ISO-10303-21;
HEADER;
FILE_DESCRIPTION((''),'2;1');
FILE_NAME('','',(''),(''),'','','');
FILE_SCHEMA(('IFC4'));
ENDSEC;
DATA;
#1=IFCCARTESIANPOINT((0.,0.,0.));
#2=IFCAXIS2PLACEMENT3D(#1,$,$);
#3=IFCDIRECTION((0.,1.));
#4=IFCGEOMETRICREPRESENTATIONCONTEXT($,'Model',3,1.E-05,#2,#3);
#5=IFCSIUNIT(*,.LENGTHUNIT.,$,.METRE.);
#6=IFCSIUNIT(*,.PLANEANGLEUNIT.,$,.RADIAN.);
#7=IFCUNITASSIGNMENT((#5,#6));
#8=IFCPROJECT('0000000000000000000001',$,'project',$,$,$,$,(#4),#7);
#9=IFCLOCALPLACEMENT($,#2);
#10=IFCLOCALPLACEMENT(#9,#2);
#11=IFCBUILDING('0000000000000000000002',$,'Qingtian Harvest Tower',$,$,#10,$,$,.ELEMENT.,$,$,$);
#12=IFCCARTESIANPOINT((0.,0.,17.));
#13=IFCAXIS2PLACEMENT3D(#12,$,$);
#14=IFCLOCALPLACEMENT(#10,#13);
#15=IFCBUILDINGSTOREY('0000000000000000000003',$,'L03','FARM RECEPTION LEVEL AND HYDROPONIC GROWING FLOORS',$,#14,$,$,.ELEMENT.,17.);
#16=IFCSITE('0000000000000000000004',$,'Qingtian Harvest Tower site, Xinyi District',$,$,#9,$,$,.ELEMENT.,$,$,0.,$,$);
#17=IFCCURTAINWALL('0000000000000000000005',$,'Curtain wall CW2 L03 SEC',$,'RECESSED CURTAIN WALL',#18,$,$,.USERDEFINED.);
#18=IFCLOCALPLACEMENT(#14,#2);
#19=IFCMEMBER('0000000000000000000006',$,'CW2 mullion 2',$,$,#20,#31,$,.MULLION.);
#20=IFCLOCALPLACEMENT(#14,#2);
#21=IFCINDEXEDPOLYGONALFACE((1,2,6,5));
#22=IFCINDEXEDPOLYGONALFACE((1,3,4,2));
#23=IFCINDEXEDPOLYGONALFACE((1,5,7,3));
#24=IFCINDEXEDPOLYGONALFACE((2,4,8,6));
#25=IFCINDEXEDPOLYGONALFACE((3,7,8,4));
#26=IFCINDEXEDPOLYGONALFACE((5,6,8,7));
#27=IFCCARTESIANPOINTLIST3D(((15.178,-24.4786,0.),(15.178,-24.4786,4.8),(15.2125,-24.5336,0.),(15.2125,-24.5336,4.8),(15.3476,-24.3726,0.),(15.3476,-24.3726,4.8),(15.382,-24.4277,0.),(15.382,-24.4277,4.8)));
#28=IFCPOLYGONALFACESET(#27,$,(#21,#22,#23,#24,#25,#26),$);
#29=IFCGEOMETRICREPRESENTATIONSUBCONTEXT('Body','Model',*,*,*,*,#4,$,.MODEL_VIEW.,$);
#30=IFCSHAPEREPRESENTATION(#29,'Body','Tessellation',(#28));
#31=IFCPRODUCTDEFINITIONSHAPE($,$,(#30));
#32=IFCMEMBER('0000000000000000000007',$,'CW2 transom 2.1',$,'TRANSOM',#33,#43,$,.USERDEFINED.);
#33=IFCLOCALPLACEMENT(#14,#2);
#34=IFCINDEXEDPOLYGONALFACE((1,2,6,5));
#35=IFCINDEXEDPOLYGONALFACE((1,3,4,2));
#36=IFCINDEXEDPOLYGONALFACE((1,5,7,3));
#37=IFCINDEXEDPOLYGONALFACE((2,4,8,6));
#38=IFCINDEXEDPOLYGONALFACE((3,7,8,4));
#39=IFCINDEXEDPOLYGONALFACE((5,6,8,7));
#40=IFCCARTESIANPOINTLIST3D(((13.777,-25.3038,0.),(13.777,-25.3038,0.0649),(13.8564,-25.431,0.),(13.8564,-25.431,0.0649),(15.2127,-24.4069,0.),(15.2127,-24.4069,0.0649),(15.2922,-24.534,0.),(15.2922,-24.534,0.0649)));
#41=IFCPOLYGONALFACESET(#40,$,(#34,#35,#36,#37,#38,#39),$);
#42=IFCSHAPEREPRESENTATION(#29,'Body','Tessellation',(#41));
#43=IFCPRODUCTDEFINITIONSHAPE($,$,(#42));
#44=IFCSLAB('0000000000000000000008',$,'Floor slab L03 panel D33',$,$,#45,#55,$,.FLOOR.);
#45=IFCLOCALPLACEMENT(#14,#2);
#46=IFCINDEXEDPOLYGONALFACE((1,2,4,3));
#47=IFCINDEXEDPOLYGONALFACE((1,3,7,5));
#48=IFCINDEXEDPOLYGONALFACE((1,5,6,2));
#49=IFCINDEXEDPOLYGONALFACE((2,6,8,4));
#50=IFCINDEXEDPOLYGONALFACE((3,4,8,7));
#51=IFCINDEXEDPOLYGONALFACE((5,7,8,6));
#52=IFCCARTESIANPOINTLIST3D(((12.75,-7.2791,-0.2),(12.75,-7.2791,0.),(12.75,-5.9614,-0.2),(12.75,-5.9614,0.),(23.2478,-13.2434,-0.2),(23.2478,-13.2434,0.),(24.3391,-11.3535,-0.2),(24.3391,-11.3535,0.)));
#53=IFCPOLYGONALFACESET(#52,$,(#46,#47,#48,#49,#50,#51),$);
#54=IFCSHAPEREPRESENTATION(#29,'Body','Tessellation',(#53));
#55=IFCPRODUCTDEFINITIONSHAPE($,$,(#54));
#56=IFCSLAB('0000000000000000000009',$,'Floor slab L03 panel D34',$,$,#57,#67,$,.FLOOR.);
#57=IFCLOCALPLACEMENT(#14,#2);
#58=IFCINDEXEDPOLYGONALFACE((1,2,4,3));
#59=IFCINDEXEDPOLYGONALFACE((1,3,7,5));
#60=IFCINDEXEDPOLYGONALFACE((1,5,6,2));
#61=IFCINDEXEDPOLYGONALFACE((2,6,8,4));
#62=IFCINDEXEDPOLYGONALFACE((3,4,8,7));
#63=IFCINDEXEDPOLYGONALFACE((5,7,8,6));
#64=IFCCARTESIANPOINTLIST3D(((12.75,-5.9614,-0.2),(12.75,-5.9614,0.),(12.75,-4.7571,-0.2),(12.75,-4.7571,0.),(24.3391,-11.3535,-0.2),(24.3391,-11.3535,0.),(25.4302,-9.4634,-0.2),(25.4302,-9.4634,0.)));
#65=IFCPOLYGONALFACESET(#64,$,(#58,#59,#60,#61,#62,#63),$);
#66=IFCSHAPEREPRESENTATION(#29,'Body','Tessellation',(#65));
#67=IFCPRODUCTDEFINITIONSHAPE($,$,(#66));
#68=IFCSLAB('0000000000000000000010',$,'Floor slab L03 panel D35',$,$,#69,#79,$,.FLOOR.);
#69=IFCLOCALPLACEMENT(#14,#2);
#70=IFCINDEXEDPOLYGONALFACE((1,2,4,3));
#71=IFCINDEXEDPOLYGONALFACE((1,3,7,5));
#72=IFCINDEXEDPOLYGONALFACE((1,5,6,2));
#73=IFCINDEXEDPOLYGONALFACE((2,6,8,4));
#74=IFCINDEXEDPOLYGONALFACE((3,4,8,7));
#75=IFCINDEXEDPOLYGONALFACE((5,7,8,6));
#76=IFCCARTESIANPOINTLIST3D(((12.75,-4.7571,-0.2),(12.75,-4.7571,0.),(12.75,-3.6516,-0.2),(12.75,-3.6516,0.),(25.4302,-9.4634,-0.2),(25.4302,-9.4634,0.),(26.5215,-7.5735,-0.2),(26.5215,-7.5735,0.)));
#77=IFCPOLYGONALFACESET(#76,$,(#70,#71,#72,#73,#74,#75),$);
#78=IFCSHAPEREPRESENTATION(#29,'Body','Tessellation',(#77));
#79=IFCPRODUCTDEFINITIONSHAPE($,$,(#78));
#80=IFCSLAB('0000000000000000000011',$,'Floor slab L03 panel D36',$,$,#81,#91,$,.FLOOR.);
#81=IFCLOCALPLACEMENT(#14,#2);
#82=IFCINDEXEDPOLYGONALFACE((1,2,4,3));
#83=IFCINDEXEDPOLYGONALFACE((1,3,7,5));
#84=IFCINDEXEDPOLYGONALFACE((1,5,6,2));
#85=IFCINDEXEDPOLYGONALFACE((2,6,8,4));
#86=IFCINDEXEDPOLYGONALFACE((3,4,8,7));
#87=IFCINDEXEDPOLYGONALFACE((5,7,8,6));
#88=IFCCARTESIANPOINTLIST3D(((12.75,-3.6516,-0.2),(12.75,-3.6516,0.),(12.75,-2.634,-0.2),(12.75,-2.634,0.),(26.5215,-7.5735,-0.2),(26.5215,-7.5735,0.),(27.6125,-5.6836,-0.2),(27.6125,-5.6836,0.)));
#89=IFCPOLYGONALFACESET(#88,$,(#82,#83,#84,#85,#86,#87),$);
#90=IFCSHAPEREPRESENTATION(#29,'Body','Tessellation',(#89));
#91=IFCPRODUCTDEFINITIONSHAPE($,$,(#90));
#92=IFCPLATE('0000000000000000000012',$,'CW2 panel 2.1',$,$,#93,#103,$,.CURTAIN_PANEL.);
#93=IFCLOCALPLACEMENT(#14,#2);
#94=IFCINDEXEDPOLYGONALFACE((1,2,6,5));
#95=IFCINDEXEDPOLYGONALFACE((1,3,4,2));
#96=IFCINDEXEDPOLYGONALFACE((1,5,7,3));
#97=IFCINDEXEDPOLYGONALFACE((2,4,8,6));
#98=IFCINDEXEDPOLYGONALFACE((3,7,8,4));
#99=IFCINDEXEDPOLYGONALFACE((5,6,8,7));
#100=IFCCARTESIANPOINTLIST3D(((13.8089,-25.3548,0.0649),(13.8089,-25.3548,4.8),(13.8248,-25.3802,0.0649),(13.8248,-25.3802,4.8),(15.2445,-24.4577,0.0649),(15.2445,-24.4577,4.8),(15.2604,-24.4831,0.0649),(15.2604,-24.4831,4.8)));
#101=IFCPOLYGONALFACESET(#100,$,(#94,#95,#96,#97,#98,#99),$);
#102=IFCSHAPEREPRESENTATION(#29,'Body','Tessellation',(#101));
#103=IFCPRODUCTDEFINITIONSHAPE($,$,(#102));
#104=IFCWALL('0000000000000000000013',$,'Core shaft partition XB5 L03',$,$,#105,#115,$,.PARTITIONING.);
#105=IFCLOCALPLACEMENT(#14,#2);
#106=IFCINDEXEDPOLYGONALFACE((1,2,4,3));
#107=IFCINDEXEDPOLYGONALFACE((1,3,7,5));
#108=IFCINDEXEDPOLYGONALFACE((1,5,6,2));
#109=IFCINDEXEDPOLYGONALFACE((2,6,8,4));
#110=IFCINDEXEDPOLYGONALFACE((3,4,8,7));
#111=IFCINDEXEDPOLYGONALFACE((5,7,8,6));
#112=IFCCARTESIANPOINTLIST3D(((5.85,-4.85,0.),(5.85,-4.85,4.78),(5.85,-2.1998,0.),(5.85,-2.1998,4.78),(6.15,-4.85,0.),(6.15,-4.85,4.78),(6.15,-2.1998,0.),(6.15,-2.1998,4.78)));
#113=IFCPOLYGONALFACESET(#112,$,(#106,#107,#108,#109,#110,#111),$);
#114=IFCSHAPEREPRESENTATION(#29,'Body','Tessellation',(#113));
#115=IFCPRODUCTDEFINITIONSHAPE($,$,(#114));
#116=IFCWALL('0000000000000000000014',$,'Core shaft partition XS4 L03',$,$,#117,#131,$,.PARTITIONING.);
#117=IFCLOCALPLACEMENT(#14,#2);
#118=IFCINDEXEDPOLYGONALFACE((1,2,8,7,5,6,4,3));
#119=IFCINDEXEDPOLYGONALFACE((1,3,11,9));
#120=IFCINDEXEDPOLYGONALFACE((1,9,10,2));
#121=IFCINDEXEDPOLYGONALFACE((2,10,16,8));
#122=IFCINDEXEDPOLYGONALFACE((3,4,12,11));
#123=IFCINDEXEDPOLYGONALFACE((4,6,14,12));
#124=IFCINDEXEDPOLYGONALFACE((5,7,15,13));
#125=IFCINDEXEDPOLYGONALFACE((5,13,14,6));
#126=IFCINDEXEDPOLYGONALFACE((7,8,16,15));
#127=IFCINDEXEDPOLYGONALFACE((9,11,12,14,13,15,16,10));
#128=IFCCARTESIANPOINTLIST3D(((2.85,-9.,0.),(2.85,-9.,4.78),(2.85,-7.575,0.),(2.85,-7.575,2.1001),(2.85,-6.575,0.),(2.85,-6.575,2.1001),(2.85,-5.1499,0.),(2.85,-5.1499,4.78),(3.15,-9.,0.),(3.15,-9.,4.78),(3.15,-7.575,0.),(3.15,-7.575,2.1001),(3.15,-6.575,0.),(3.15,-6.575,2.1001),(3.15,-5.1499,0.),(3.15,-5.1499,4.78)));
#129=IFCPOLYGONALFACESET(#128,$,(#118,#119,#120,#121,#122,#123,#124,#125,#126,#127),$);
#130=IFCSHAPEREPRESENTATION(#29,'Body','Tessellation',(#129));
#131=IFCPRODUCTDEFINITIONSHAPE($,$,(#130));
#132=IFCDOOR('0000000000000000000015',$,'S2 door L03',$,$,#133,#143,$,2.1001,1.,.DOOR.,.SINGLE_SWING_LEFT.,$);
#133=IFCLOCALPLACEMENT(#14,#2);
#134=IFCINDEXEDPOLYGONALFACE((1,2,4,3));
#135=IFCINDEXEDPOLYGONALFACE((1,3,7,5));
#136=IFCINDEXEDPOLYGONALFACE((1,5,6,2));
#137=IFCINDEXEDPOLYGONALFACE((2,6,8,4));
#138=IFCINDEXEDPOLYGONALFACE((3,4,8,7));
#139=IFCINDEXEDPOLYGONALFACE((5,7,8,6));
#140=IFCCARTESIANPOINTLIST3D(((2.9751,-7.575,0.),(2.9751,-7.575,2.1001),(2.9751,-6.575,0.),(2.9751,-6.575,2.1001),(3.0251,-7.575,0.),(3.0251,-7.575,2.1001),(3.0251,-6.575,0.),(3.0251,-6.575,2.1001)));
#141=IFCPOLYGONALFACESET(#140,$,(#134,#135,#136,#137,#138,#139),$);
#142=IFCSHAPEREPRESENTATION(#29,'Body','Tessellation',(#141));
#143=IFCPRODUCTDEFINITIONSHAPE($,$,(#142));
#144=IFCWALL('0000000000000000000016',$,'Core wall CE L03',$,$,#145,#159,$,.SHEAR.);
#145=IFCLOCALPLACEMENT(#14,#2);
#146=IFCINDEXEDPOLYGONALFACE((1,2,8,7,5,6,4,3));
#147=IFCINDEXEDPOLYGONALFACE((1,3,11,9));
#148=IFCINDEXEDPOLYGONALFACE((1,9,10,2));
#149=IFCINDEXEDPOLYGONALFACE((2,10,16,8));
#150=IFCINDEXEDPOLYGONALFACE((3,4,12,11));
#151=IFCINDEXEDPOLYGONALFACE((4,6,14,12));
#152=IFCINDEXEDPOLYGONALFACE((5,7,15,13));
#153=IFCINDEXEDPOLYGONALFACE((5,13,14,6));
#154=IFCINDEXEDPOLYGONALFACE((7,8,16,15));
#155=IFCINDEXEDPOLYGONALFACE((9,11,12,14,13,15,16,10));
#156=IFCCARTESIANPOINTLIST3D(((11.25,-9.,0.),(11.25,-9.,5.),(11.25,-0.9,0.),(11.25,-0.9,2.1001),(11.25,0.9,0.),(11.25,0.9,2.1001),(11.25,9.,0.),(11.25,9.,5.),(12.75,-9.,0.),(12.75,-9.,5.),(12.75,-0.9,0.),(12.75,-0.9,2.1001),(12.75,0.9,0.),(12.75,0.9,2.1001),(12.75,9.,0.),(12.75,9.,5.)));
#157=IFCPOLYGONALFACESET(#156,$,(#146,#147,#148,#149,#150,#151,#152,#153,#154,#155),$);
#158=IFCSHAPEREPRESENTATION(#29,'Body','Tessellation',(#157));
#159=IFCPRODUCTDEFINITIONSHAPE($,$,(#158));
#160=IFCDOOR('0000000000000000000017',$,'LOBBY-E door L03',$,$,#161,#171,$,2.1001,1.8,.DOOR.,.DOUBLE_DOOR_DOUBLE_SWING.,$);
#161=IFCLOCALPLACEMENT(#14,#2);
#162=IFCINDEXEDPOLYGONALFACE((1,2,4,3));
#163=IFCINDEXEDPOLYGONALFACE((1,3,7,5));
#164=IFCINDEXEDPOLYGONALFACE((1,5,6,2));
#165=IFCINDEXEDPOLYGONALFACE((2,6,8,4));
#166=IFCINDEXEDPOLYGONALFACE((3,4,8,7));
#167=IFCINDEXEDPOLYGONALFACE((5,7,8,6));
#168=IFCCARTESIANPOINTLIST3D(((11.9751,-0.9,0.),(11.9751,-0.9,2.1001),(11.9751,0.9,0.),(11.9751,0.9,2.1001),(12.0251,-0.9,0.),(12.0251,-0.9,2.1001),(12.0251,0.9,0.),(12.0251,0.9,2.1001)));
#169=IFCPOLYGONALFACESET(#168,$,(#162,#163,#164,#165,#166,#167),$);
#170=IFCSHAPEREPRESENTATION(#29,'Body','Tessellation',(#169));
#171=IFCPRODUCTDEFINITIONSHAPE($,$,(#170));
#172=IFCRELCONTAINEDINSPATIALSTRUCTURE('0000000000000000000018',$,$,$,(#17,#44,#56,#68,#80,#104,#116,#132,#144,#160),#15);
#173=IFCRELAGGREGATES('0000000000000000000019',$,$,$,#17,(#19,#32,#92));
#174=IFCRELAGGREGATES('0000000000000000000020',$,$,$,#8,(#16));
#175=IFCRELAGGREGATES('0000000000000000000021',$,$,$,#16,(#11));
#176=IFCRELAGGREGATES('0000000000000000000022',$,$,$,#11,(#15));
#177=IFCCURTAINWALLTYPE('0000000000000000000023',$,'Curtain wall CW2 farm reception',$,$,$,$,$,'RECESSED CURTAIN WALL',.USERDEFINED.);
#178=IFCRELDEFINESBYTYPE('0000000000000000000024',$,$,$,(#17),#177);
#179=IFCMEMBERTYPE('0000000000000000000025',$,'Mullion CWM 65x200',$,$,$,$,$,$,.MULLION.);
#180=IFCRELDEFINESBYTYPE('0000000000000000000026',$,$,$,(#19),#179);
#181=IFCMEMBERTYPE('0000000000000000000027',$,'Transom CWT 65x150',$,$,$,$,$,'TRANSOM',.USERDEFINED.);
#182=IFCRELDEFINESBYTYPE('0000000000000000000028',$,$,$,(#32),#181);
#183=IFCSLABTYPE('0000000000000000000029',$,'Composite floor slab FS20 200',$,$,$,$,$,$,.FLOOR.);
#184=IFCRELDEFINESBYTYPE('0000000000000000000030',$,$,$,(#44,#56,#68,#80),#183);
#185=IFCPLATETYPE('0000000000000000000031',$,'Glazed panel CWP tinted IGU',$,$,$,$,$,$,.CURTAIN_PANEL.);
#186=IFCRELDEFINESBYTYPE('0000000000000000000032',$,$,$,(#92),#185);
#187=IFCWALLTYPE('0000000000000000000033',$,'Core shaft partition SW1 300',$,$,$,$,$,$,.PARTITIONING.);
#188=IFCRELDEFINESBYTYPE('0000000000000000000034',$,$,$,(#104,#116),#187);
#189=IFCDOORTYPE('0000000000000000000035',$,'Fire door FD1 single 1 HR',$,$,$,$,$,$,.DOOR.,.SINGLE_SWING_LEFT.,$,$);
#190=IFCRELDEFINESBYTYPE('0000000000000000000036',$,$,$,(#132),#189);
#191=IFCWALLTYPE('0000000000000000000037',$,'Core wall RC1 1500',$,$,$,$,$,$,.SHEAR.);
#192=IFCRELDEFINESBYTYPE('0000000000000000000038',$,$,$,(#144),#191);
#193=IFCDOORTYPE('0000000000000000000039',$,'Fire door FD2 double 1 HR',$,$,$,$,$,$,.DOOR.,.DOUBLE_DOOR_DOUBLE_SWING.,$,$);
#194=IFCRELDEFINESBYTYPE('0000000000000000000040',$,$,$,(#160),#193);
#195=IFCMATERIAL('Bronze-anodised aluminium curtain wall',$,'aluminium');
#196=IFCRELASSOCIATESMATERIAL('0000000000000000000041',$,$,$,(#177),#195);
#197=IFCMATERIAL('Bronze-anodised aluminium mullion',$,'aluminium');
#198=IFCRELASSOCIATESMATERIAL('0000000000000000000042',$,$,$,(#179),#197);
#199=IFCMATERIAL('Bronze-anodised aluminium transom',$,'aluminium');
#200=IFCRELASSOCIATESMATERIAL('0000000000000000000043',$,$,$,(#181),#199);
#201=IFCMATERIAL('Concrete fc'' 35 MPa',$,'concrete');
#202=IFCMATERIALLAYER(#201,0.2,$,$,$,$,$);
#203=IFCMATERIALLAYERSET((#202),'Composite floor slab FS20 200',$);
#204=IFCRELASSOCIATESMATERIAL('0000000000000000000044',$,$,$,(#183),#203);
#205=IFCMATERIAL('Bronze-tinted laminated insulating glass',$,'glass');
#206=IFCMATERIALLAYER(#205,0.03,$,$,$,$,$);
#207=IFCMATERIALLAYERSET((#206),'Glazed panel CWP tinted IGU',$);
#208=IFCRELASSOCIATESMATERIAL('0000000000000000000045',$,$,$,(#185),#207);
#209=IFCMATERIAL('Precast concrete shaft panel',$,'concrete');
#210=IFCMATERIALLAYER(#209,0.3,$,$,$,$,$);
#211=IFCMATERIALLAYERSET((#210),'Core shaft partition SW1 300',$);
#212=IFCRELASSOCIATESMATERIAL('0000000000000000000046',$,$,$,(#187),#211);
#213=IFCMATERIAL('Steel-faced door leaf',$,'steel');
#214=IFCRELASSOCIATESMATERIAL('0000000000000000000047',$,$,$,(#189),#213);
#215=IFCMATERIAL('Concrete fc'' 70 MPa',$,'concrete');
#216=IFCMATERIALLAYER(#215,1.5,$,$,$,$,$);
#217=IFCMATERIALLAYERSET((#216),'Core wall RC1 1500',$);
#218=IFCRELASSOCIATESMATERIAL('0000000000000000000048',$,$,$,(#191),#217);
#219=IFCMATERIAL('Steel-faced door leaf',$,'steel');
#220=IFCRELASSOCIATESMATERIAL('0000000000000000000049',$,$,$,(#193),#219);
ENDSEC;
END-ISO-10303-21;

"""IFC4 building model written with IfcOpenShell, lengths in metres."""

from ifc_helpers import new_model, si_unit, direction, frame, frame_2d, origin, origin_2d, place, context, subcontext, project, spatial, polyline, rectangle, outline, extrude, material, layer, layer_set, material_profile, profile_set, type_object, element, fill, aggregate, save


model = new_model("IFC4")

# Units and contexts
model_context = context("Model", 3, precision=1e-05, world=origin(), true_north=direction((0.0, 1.0)))
body_context = subcontext(model_context, "Body", "Model", "MODEL_VIEW")
ifc_project = project(units=[si_unit("LENGTHUNIT", "METRE"), si_unit("PLANEANGLEUNIT", "RADIAN")], contexts=[model_context])

# Site, building, storey
site_placement = place(None, origin())
site = spatial("IfcSite", under=ifc_project, at=site_placement, Name="Qingtian Harvest Tower site, Xinyi District", CompositionType="ELEMENT", RefElevation=0.0)
building_placement = place(site_placement, origin())
building = spatial("IfcBuilding", under=site, at=building_placement, Name="Qingtian Harvest Tower", CompositionType="ELEMENT")
storey_placement = place(building_placement, frame((0.0, 0.0, 17.0)))
storey = spatial("IfcBuildingStorey", under=building, at=storey_placement, Name="L03", Description="FARM RECEPTION LEVEL AND HYDROPONIC GROWING FLOORS", CompositionType="ELEMENT", Elevation=17.0)

# Curtain wall, members
ifc_material_1 = material(Name="Bronze-anodised aluminium curtain wall", Category="aluminium")
curtain_wall_type = type_object("IfcCurtainWallType", Name="Curtain wall CW2 farm reception", ElementType="RECESSED CURTAIN WALL", PredefinedType="USERDEFINED", material=ifc_material_1)
curtain_wall_placement = place(storey_placement, origin())
curtain_wall = element("IfcCurtainWall", 1, at=curtain_wall_placement, inside=storey, type_object=curtain_wall_type, Name="Curtain wall CW2 L03 SEC", ObjectType="RECESSED CURTAIN WALL", PredefinedType="USERDEFINED")
ifc_material_2 = material(Name="Bronze-anodised aluminium mullion", Category="aluminium")
ifc_material_profile_1 = material_profile(ifc_material_2, rectangle(XDim=0.0649, YDim=0.2, at=origin_2d()), Name="AL 65x200")
ifc_profile_set_1 = profile_set([ifc_material_profile_1], Name="Bronze-anodised aluminium mullion")
member_type_1 = type_object("IfcMemberType", Name="Mullion CWM 65x200", PredefinedType="MULLION", material=ifc_profile_set_1)
member_1_placement = place(storey_placement, frame((15.28, -24.4531, 0.0), z_axis=(0.0, 0.0, 1.0), x_axis=(0.529919, -0.848048, 0.0)))
member_1 = element("IfcMember", 2, at=member_1_placement, type_object=member_type_1, Name="CW2 mullion 2", PredefinedType="MULLION", context=body_context, shape_type="SweptSolid", body=[
    extrude(rectangle(XDim=0.0649, YDim=0.2, at=origin_2d()), origin(), (0.0, 0.0, 1.0), 4.8),
])
ifc_material_3 = material(Name="Bronze-anodised aluminium transom", Category="aluminium")
ifc_material_profile_2 = material_profile(ifc_material_3, rectangle(XDim=0.1499, YDim=0.0649, at=origin_2d()), Name="AL 65x150")
ifc_profile_set_2 = profile_set([ifc_material_profile_2], Name="Bronze-anodised aluminium transom")
member_type_2 = type_object("IfcMemberType", Name="Transom CWT 65x150", ElementType="TRANSOM", PredefinedType="USERDEFINED", material=ifc_profile_set_2)
member_2_placement = place(storey_placement, frame((15.2524, -24.4705, 0.0325), z_axis=(-0.848104, -0.52983, 0.0), x_axis=(0.52983, -0.848104, 0.0)))
member_2 = element("IfcMember", 3, at=member_2_placement, type_object=member_type_2, Name="CW2 transom 2.1", ObjectType="TRANSOM", PredefinedType="USERDEFINED", context=body_context, shape_type="SweptSolid", body=[
    extrude(rectangle(XDim=0.1499, YDim=0.0649, at=origin_2d()), origin(), (0.0, 0.0, 1.0), 1.6929),
])

# Slabs
ifc_material_4 = material(Name="Concrete fc' 35 MPa", Category="concrete")
ifc_layer_1 = layer(ifc_material_4, 0.2)
ifc_layer_set_1 = layer_set([ifc_layer_1], Name="Composite floor slab FS20 200")
slab_type = type_object("IfcSlabType", Name="Composite floor slab FS20 200", PredefinedType="FLOOR", material=ifc_layer_set_1)
slab_1_placement = place(storey_placement, frame((0.0, 0.0, -0.2)))
element("IfcSlab", 4, at=slab_1_placement, inside=storey, type_object=slab_type, Name="Floor slab L03 panel D33", PredefinedType="FLOOR", context=body_context, shape_type="SweptSolid", body=[
    extrude(outline(polyline([(12.75, -5.9614), (24.3391, -11.3535), (23.2478, -13.2434), (12.75, -7.2791), (12.75, -5.9614)])), origin(), (0.0, 0.0, 1.0), 0.2),
])
slab_2_placement = place(storey_placement, frame((0.0, 0.0, -0.2)))
element("IfcSlab", 5, at=slab_2_placement, inside=storey, type_object=slab_type, Name="Floor slab L03 panel D34", PredefinedType="FLOOR", context=body_context, shape_type="SweptSolid", body=[
    extrude(outline(polyline([(12.75, -4.7571), (25.4302, -9.4634), (24.3391, -11.3535), (12.75, -5.9614), (12.75, -4.7571)])), origin(), (0.0, 0.0, 1.0), 0.2),
])
slab_3_placement = place(storey_placement, frame((0.0, 0.0, -0.2)))
element("IfcSlab", 6, at=slab_3_placement, inside=storey, type_object=slab_type, Name="Floor slab L03 panel D35", PredefinedType="FLOOR", context=body_context, shape_type="SweptSolid", body=[
    extrude(outline(polyline([(12.75, -3.6516), (26.5215, -7.5735), (25.4302, -9.4634), (12.75, -4.7571), (12.75, -3.6516)])), origin(), (0.0, 0.0, 1.0), 0.2),
])
slab_4_placement = place(storey_placement, frame((0.0, 0.0, -0.2)))
element("IfcSlab", 7, at=slab_4_placement, inside=storey, type_object=slab_type, Name="Floor slab L03 panel D36", PredefinedType="FLOOR", context=body_context, shape_type="SweptSolid", body=[
    extrude(outline(polyline([(12.75, -2.634), (27.6125, -5.6836), (26.5215, -7.5735), (12.75, -3.6516), (12.75, -2.634)])), origin(), (0.0, 0.0, 1.0), 0.2),
])

# Plate
ifc_material_5 = material(Name="Bronze-tinted laminated insulating glass", Category="glass")
ifc_layer_2 = layer(ifc_material_5, 0.03)
ifc_layer_set_2 = layer_set([ifc_layer_2], Name="Glazed panel CWP tinted IGU")
plate_type = type_object("IfcPlateType", Name="Glazed panel CWP tinted IGU", PredefinedType="CURTAIN_PANEL", material=ifc_layer_set_2)
plate_placement = place(storey_placement, frame((14.5347, -24.9189, 0.0649), z_axis=(0.0, 0.0, 1.0), x_axis=(-0.848048, -0.529919, 0.0)))
plate = element("IfcPlate", 8, at=plate_placement, type_object=plate_type, Name="CW2 panel 2.1", PredefinedType="CURTAIN_PANEL", context=body_context, shape_type="SweptSolid", body=[
    extrude(rectangle(XDim=1.6929, YDim=0.03, at=origin_2d()), origin(), (0.0, 0.0, 1.0), 4.7351),
])
aggregate(curtain_wall, [member_1, member_2, plate])

# Wall
ifc_material_6 = material(Name="Precast concrete shaft panel", Category="concrete")
ifc_layer_3 = layer(ifc_material_6, 0.3)
ifc_layer_set_3 = layer_set([ifc_layer_3], Name="Core shaft partition SW1 300")
wall_type_1 = type_object("IfcWallType", Name="Core shaft partition SW1 300", PredefinedType="PARTITIONING", material=ifc_layer_set_3)
wall_1_placement = place(storey_placement, frame((6.0, -4.8501, 0.0), z_axis=(0.0, 0.0, 1.0), x_axis=(0.0, 1.0, 0.0)))
element("IfcWall", 9, at=wall_1_placement, inside=storey, type_object=wall_type_1, Name="Core shaft partition XB5 L03", PredefinedType="PARTITIONING", context=body_context, shape_type="SweptSolid", body=[
    extrude(rectangle(XDim=2.6501, YDim=0.3, at=frame_2d((1.3252, 0.0))), origin(), (0.0, 0.0, 1.0), 4.78),
])

# Walls, openings, doors
wall_2_placement = place(storey_placement, frame((3.0, -9.0, 0.0), z_axis=(0.0, 0.0, 1.0), x_axis=(0.0, 1.0, 0.0)))
wall_2 = element("IfcWall", 10, at=wall_2_placement, inside=storey, type_object=wall_type_1, Name="Core shaft partition XS4 L03", PredefinedType="PARTITIONING", context=body_context, shape_type="SweptSolid", body=[
    extrude(rectangle(XDim=3.8501, YDim=0.3, at=frame_2d((1.925, 0.0))), origin(), (0.0, 0.0, 1.0), 4.78),
])
opening_1_placement = place(wall_2_placement, frame((1.425, 0.0, 0.0)))
opening_1 = element("IfcOpeningElement", 11, at=opening_1_placement, cuts=wall_2, PredefinedType="OPENING", context=body_context, shape_type="SweptSolid", body=[
    extrude(rectangle(XDim=1.0, YDim=2.1001, at=frame_2d((0.5, 1.05))), frame((0.0, 0.1599, 0.0), z_axis=(0.0, -1.0, 0.0), x_axis=(1.0, 0.0, 0.0)), (0.0, 0.0, 1.0), 0.3201),
])
ifc_material_7 = material(Name="Steel-faced door leaf", Category="steel")
door_type_1 = type_object("IfcDoorType", Name="Fire door FD1 single 1 HR", OperationType="SINGLE_SWING_LEFT", PredefinedType="DOOR", material=ifc_material_7)
door_1_placement = place(opening_1_placement, origin())
door_1 = element("IfcDoor", 12, at=door_1_placement, inside=storey, type_object=door_type_1, Name="S2 door L03", OperationType="SINGLE_SWING_LEFT", OverallHeight=2.1001, OverallWidth=1.0, PredefinedType="DOOR", context=body_context, shape_type="SweptSolid", body=[
    extrude(rectangle(XDim=1.0, YDim=2.1001, at=frame_2d((0.5, 1.05))), frame((0.0, 0.0249, 0.0), z_axis=(0.0, -1.0, 0.0), x_axis=(1.0, 0.0, 0.0)), (0.0, 0.0, 1.0), 0.05),
])
fill(opening_1, door_1)
ifc_material_8 = material(Name="Concrete fc' 70 MPa", Category="concrete")
ifc_layer_4 = layer(ifc_material_8, 1.5)
ifc_layer_set_4 = layer_set([ifc_layer_4], Name="Core wall RC1 1500")
wall_type_2 = type_object("IfcWallType", Name="Core wall RC1 1500", PredefinedType="SHEAR", material=ifc_layer_set_4)
wall_3_placement = place(storey_placement, frame((12.0, -9.0, 0.0), z_axis=(0.0, 0.0, 1.0), x_axis=(0.0, 1.0, 0.0)))
wall_3 = element("IfcWall", 13, at=wall_3_placement, inside=storey, type_object=wall_type_2, Name="Core wall CE L03", PredefinedType="SHEAR", context=body_context, shape_type="SweptSolid", body=[
    extrude(rectangle(XDim=18.0, YDim=1.5, at=frame_2d((9.0, 0.0))), origin(), (0.0, 0.0, 1.0), 5.0),
])
opening_2_placement = place(wall_3_placement, frame((8.1001, 0.0, 0.0)))
opening_2 = element("IfcOpeningElement", 14, at=opening_2_placement, cuts=wall_3, PredefinedType="OPENING", context=body_context, shape_type="SweptSolid", body=[
    extrude(rectangle(XDim=1.8, YDim=2.1001, at=frame_2d((0.8999, 1.05))), frame((0.0, 0.76, 0.0), z_axis=(0.0, -1.0, 0.0), x_axis=(1.0, 0.0, 0.0)), (0.0, 0.0, 1.0), 1.52),
])
ifc_material_9 = material(Name="Steel-faced door leaf", Category="steel")
door_type_2 = type_object("IfcDoorType", Name="Fire door FD2 double 1 HR", OperationType="DOUBLE_DOOR_DOUBLE_SWING", PredefinedType="DOOR", material=ifc_material_9)
door_2_placement = place(opening_2_placement, origin())
door_2 = element("IfcDoor", 15, at=door_2_placement, inside=storey, type_object=door_type_2, Name="LOBBY-E door L03", OperationType="DOUBLE_DOOR_DOUBLE_SWING", OverallHeight=2.1001, OverallWidth=1.8, PredefinedType="DOOR", context=body_context, shape_type="SweptSolid", body=[
    extrude(rectangle(XDim=1.8, YDim=2.1001, at=frame_2d((0.8999, 1.05))), frame((0.0, 0.0249, 0.0), z_axis=(0.0, -1.0, 0.0), x_axis=(1.0, 0.0, 0.0)), (0.0, 0.0, 1.0), 0.05),
])
fill(opening_2, door_2)

save(model, "model.ifc")
